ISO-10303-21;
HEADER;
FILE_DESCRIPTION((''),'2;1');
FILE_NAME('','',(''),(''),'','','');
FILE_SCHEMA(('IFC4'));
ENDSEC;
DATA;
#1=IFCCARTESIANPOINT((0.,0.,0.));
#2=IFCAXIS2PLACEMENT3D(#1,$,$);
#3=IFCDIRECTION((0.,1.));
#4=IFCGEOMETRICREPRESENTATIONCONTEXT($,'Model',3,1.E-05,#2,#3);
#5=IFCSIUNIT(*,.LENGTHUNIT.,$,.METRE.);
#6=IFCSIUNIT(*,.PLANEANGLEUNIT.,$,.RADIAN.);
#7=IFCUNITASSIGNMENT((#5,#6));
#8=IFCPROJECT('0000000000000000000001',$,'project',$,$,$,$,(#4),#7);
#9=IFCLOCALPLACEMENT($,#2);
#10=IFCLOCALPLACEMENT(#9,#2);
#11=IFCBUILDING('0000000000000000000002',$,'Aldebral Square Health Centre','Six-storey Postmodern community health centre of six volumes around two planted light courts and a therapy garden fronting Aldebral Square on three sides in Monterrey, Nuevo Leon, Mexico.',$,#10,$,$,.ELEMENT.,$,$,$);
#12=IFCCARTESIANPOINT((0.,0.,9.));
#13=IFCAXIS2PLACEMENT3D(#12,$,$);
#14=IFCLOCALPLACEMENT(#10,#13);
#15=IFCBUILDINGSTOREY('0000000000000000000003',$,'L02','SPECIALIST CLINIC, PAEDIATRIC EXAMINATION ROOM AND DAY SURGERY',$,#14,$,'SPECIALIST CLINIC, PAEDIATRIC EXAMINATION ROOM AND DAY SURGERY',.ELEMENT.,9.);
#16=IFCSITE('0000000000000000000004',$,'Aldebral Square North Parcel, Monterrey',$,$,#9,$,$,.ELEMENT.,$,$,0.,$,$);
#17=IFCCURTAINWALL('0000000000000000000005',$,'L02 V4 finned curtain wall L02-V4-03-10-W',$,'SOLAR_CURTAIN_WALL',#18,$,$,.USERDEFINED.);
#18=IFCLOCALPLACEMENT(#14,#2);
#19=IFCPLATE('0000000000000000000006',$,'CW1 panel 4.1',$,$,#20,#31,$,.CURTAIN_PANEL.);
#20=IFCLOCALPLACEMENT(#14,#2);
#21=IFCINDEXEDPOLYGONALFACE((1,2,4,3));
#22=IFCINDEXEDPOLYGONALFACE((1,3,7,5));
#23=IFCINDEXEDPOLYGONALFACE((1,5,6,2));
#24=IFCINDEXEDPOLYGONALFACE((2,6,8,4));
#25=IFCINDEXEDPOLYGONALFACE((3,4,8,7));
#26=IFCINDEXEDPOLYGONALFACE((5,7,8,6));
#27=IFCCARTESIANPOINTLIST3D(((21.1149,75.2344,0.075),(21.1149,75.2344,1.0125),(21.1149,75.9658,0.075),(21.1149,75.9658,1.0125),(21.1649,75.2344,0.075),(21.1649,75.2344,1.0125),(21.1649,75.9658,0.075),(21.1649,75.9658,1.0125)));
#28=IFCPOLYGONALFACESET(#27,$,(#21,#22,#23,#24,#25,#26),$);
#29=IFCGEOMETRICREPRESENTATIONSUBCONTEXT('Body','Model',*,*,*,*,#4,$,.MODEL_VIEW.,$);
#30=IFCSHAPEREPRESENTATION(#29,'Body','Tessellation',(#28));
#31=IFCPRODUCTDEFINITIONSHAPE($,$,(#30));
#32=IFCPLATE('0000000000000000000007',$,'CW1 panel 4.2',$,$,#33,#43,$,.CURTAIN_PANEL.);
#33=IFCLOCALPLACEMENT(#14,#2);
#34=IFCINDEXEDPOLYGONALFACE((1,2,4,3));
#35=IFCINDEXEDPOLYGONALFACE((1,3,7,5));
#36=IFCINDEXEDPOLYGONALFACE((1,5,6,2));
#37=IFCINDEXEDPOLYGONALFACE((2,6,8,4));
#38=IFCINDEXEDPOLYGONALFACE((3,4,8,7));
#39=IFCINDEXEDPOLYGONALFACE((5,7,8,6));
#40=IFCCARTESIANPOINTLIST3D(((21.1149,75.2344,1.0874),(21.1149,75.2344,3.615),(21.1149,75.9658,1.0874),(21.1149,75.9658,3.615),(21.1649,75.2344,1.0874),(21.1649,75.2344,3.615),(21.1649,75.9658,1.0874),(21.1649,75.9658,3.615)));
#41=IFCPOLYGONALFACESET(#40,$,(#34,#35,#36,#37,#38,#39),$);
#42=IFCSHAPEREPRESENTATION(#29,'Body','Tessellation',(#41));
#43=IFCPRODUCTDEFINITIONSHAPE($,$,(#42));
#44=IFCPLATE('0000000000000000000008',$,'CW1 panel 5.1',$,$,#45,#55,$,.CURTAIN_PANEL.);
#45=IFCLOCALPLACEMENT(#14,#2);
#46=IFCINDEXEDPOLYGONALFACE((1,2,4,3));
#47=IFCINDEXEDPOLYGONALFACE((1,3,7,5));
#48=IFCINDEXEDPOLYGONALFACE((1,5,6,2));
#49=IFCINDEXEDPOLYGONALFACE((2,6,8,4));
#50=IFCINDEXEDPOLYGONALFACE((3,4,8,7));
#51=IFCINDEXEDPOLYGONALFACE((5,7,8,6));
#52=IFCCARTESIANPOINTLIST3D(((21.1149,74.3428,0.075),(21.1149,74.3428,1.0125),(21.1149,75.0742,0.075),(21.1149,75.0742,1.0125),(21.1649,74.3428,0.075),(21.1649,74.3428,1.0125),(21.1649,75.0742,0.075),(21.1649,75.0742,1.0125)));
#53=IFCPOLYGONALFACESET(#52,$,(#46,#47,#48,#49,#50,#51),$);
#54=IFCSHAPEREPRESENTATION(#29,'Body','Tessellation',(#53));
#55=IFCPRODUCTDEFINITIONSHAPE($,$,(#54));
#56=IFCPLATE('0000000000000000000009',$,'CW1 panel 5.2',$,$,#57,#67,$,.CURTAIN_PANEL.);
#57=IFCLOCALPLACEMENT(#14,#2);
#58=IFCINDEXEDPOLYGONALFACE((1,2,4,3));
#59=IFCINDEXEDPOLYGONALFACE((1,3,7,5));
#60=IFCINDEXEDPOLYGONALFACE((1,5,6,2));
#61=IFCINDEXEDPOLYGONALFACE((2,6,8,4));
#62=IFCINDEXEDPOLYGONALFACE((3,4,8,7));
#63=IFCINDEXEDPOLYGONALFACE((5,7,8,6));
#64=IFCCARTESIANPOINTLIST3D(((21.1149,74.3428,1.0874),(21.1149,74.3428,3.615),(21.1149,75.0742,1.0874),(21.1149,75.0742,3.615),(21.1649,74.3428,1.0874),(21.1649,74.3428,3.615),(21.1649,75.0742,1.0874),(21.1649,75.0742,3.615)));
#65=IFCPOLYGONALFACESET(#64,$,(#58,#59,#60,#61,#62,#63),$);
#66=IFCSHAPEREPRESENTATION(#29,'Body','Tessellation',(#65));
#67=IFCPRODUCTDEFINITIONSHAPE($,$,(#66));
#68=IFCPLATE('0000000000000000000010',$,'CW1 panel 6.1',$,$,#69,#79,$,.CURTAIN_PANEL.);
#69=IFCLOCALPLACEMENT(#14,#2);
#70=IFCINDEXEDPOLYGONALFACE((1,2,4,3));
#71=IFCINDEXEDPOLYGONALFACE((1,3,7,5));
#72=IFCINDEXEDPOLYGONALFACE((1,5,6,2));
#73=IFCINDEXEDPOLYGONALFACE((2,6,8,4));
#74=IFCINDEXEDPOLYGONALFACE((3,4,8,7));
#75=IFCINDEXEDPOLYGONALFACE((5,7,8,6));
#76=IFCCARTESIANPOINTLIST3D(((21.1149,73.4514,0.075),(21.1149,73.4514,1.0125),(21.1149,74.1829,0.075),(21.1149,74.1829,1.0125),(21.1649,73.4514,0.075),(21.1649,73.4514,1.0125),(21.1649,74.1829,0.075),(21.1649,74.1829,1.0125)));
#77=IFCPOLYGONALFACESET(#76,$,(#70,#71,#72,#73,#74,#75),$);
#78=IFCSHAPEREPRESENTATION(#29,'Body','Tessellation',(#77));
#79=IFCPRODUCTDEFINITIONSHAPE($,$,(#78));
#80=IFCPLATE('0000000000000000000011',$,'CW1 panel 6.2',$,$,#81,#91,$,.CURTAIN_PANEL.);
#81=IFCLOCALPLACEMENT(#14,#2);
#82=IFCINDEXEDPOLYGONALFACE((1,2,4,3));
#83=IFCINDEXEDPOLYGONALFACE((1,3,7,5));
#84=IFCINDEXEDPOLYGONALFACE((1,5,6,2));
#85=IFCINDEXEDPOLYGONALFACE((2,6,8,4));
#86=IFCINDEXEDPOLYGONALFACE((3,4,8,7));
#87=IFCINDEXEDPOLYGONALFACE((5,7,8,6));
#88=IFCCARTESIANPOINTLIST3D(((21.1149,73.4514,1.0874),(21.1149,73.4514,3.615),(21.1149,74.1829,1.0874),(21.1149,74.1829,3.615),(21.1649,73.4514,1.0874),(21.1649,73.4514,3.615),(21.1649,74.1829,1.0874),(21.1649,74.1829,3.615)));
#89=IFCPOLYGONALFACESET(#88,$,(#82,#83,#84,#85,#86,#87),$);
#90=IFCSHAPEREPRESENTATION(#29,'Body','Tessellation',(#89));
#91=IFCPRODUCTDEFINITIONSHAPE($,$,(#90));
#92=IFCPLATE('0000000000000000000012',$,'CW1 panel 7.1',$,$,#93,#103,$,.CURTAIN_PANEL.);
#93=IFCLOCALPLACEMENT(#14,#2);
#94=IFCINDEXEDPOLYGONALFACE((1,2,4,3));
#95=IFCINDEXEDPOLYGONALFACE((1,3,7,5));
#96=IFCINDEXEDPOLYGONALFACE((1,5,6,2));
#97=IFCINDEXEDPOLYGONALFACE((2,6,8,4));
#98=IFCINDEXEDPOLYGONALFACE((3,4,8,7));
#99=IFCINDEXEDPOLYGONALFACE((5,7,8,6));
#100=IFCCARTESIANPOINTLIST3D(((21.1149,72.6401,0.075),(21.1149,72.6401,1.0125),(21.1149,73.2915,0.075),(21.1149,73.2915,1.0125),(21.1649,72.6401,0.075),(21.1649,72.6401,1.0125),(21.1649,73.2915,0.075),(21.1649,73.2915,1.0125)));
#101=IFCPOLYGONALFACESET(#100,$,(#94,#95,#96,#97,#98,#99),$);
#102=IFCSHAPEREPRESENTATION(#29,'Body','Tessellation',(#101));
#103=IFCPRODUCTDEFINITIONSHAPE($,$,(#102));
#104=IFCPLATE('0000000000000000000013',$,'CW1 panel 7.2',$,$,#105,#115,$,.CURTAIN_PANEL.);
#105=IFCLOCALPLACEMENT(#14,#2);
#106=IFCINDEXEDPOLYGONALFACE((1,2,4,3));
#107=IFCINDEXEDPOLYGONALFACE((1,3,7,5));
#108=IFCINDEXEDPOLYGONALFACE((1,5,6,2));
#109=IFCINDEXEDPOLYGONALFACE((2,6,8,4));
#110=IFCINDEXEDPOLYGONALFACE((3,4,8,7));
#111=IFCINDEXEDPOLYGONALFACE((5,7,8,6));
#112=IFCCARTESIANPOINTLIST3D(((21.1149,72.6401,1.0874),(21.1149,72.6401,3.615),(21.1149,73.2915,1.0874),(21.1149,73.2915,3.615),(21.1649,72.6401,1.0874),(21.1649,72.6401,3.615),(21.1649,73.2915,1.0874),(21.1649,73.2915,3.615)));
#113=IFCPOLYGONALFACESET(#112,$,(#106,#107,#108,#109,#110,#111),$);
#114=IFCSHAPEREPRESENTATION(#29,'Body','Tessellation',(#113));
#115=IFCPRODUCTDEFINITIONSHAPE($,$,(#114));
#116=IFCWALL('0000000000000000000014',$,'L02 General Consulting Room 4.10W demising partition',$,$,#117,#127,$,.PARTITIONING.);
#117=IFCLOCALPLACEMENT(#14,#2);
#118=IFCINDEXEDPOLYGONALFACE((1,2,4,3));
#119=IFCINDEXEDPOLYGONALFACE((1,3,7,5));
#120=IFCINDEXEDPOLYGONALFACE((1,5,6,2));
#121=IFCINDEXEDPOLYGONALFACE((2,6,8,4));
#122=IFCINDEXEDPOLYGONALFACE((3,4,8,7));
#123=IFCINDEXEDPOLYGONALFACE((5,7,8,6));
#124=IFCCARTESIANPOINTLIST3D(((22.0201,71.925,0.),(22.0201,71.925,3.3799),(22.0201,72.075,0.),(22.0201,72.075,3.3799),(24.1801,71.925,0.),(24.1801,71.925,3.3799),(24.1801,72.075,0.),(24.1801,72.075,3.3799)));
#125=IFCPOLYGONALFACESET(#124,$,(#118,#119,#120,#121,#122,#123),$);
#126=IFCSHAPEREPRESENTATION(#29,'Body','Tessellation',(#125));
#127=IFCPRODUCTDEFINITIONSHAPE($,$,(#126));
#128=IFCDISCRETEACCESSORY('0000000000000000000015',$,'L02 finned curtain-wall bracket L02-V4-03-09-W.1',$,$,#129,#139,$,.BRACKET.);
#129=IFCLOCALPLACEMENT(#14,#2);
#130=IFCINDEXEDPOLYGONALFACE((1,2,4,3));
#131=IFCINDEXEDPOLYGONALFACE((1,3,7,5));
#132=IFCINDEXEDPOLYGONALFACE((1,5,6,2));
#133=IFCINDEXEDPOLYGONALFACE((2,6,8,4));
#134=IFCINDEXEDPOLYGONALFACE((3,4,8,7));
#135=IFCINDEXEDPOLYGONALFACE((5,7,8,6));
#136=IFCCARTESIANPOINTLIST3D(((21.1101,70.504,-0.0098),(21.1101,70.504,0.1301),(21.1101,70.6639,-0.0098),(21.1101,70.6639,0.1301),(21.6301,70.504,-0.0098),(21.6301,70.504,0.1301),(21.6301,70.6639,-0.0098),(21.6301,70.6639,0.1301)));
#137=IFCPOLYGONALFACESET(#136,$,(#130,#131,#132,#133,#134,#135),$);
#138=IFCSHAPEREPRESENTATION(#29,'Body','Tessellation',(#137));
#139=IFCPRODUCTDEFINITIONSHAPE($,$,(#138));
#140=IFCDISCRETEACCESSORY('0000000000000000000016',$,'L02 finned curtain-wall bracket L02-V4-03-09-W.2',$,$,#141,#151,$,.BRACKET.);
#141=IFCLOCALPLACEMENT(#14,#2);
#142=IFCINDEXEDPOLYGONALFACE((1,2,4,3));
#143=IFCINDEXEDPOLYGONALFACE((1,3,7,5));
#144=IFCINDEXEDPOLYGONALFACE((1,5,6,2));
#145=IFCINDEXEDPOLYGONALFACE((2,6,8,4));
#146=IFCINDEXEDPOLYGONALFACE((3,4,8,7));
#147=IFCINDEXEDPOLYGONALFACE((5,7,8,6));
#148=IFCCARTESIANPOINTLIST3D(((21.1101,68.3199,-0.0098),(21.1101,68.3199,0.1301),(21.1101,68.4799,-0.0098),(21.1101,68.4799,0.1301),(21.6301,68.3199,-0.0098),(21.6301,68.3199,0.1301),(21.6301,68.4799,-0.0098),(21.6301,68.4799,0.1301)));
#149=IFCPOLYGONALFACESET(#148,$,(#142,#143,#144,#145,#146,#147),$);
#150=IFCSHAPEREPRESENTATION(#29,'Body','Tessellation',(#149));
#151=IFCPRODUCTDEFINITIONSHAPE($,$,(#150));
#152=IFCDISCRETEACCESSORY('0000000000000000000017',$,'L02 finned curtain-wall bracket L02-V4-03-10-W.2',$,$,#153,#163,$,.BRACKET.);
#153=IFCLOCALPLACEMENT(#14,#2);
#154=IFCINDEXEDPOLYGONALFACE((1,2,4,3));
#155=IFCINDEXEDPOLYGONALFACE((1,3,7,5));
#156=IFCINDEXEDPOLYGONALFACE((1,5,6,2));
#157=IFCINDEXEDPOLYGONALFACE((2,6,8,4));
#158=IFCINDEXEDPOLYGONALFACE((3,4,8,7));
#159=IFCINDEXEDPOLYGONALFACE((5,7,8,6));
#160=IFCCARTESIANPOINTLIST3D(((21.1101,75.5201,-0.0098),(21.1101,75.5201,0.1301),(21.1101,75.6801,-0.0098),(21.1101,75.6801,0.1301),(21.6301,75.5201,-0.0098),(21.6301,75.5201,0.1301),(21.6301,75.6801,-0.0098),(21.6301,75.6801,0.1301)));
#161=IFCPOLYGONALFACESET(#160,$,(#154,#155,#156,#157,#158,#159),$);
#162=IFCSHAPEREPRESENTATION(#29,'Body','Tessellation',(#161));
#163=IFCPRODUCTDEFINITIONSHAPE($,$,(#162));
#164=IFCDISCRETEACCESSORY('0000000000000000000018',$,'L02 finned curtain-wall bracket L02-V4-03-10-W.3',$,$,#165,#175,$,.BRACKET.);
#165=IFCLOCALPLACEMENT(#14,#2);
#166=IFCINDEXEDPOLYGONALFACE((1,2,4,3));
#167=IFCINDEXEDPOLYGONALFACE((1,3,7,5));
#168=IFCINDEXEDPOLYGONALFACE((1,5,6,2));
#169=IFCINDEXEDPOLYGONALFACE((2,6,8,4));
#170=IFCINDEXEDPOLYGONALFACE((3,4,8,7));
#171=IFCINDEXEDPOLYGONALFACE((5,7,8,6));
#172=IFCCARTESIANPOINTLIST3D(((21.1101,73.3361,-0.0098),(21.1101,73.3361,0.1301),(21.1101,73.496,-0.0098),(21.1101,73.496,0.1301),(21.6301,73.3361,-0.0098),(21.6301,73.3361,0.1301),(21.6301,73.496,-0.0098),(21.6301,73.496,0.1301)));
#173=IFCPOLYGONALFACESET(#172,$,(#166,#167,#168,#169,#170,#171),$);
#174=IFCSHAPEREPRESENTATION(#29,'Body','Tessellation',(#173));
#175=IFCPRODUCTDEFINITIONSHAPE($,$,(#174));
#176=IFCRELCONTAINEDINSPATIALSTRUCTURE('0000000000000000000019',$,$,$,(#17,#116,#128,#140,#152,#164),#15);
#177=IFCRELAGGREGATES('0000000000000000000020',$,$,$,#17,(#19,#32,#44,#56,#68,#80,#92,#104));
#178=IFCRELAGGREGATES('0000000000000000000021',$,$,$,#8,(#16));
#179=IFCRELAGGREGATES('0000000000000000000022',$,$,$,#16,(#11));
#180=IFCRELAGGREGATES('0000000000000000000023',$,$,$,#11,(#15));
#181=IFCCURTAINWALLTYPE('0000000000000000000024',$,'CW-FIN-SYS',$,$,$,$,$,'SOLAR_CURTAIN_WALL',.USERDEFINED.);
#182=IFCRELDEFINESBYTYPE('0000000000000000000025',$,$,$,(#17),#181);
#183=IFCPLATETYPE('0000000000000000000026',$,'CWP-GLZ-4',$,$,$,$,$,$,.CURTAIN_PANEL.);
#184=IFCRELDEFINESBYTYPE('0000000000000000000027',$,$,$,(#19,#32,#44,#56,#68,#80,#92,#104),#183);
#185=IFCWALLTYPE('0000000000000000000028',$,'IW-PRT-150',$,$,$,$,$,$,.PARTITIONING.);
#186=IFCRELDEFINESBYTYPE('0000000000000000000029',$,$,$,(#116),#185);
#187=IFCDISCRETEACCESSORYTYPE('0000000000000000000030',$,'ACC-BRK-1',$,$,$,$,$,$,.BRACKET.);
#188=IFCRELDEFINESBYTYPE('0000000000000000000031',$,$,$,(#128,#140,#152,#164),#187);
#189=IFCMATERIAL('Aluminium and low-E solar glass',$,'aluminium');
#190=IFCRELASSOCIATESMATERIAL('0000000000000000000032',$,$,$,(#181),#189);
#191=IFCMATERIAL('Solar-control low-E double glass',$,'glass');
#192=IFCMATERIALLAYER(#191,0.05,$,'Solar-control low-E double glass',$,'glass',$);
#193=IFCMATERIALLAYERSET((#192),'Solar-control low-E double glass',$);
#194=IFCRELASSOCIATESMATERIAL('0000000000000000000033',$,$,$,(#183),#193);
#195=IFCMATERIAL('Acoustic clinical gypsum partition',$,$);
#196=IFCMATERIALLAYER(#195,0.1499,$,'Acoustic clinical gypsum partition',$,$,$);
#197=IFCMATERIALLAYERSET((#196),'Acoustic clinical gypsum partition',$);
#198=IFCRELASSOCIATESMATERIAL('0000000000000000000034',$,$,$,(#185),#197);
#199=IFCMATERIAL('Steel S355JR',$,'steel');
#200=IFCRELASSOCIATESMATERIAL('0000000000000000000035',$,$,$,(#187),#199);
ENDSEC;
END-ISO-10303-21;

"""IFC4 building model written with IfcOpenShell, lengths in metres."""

from ifc_helpers import new_model, si_unit, direction, frame, frame_2d, origin, origin_2d, place, context, subcontext, project, spatial, rectangle, extrude, material, layer, layer_set, type_object, element, aggregate, save


model = new_model("IFC4")

# Units and contexts
model_context = context("Model", 3, precision=1e-05, world=origin(), true_north=direction((0.0, 1.0)))
body_context = subcontext(model_context, "Body", "Model", "MODEL_VIEW")
ifc_project = project(units=[si_unit("LENGTHUNIT", "METRE"), si_unit("PLANEANGLEUNIT", "RADIAN")], contexts=[model_context])

# Site, building, storey
site_placement = place(None, origin())
site = spatial("IfcSite", under=ifc_project, at=site_placement, Name="Aldebral Square North Parcel, Monterrey", CompositionType="ELEMENT", RefElevation=0.0)
building_placement = place(site_placement, origin())
building = spatial("IfcBuilding", under=site, at=building_placement, Name="Aldebral Square Health Centre", Description="Six-storey Postmodern community health centre of six volumes around two planted light courts and a therapy garden fronting Aldebral Square on three sides in Monterrey, Nuevo Leon, Mexico.", CompositionType="ELEMENT")
storey_placement = place(building_placement, frame((0.0, 0.0, 9.0)))
storey = spatial("IfcBuildingStorey", under=building, at=storey_placement, Name="L02", Description="SPECIALIST CLINIC, PAEDIATRIC EXAMINATION ROOM AND DAY SURGERY", LongName="SPECIALIST CLINIC, PAEDIATRIC EXAMINATION ROOM AND DAY SURGERY", CompositionType="ELEMENT", Elevation=9.0)

# Shared definitions
ifc_material_1 = material(Name="Aluminium and low-E solar glass", Category="aluminium")
curtain_wall_type = type_object("IfcCurtainWallType", Name="CW-FIN-SYS", ElementType="SOLAR_CURTAIN_WALL", PredefinedType="USERDEFINED", material=ifc_material_1)

# Curtain wall
curtain_wall_1_placement = place(storey_placement, origin())
curtain_wall_1 = element("IfcCurtainWall", 1, at=curtain_wall_1_placement, inside=storey, type_object=curtain_wall_type, Name="L02 V4 finned curtain wall L02-V4-03-10-W", ObjectType="SOLAR_CURTAIN_WALL", PredefinedType="USERDEFINED")

# Plates
ifc_material_2 = material(Name="Solar-control low-E double glass", Category="glass")
ifc_layer_1 = layer(ifc_material_2, 0.05, Name="Solar-control low-E double glass", Category="glass")
ifc_layer_set_1 = layer_set([ifc_layer_1], Name="Solar-control low-E double glass")
plate_type = type_object("IfcPlateType", Name="CWP-GLZ-4", PredefinedType="CURTAIN_PANEL", material=ifc_layer_set_1)
plate_1_placement = place(storey_placement, frame((21.1399, 75.6001, 0.075), z_axis=(0.0, 0.0, 1.0), x_axis=(0.0, -1.0, 0.0)))
plate_1 = element("IfcPlate", 2, at=plate_1_placement, type_object=plate_type, Name="CW1 panel 4.1", PredefinedType="CURTAIN_PANEL", context=body_context, shape_type="SweptSolid", body=[
    extrude(rectangle(XDim=0.7314, YDim=0.05, at=origin_2d()), origin(), (0.0, 0.0, 1.0), 0.9375),
])
plate_2_placement = place(storey_placement, frame((21.1399, 75.6001, 1.0874), z_axis=(0.0, 0.0, 1.0), x_axis=(0.0, -1.0, 0.0)))
plate_2 = element("IfcPlate", 3, at=plate_2_placement, type_object=plate_type, Name="CW1 panel 4.2", PredefinedType="CURTAIN_PANEL", context=body_context, shape_type="SweptSolid", body=[
    extrude(rectangle(XDim=0.7314, YDim=0.05, at=origin_2d()), origin(), (0.0, 0.0, 1.0), 2.5276),
])
plate_3_placement = place(storey_placement, frame((21.1399, 74.7085, 0.075), z_axis=(0.0, 0.0, 1.0), x_axis=(0.0, -1.0, 0.0)))
plate_3 = element("IfcPlate", 4, at=plate_3_placement, type_object=plate_type, Name="CW1 panel 5.1", PredefinedType="CURTAIN_PANEL", context=body_context, shape_type="SweptSolid", body=[
    extrude(rectangle(XDim=0.7314, YDim=0.05, at=origin_2d()), origin(), (0.0, 0.0, 1.0), 0.9375),
])
plate_4_placement = place(storey_placement, frame((21.1399, 74.7085, 1.0874), z_axis=(0.0, 0.0, 1.0), x_axis=(0.0, -1.0, 0.0)))
plate_4 = element("IfcPlate", 5, at=plate_4_placement, type_object=plate_type, Name="CW1 panel 5.2", PredefinedType="CURTAIN_PANEL", context=body_context, shape_type="SweptSolid", body=[
    extrude(rectangle(XDim=0.7314, YDim=0.05, at=origin_2d()), origin(), (0.0, 0.0, 1.0), 2.5276),
])
plate_5_placement = place(storey_placement, frame((21.1399, 73.8171, 0.075), z_axis=(0.0, 0.0, 1.0), x_axis=(0.0, -1.0, 0.0)))
plate_5 = element("IfcPlate", 6, at=plate_5_placement, type_object=plate_type, Name="CW1 panel 6.1", PredefinedType="CURTAIN_PANEL", context=body_context, shape_type="SweptSolid", body=[
    extrude(rectangle(XDim=0.7314, YDim=0.05, at=origin_2d()), origin(), (0.0, 0.0, 1.0), 0.9375),
])
plate_6_placement = place(storey_placement, frame((21.1399, 73.8171, 1.0874), z_axis=(0.0, 0.0, 1.0), x_axis=(0.0, -1.0, 0.0)))
plate_6 = element("IfcPlate", 7, at=plate_6_placement, type_object=plate_type, Name="CW1 panel 6.2", PredefinedType="CURTAIN_PANEL", context=body_context, shape_type="SweptSolid", body=[
    extrude(rectangle(XDim=0.7314, YDim=0.05, at=origin_2d()), origin(), (0.0, 0.0, 1.0), 2.5276),
])
plate_7_placement = place(storey_placement, frame((21.1399, 72.9658, 0.075), z_axis=(0.0, 0.0, 1.0), x_axis=(0.0, -1.0, 0.0)))
plate_7 = element("IfcPlate", 8, at=plate_7_placement, type_object=plate_type, Name="CW1 panel 7.1", PredefinedType="CURTAIN_PANEL", context=body_context, shape_type="SweptSolid", body=[
    extrude(rectangle(XDim=0.6514, YDim=0.05, at=origin_2d()), origin(), (0.0, 0.0, 1.0), 0.9375),
])
plate_8_placement = place(storey_placement, frame((21.1399, 72.9658, 1.0874), z_axis=(0.0, 0.0, 1.0), x_axis=(0.0, -1.0, 0.0)))
plate_8 = element("IfcPlate", 9, at=plate_8_placement, type_object=plate_type, Name="CW1 panel 7.2", PredefinedType="CURTAIN_PANEL", context=body_context, shape_type="SweptSolid", body=[
    extrude(rectangle(XDim=0.6514, YDim=0.05, at=origin_2d()), origin(), (0.0, 0.0, 1.0), 2.5276),
])
aggregate(curtain_wall_1, [plate_1, plate_2, plate_3, plate_4, plate_5, plate_6, plate_7, plate_8])

# Wall
ifc_material_3 = material(Name="Acoustic clinical gypsum partition")
ifc_layer_2 = layer(ifc_material_3, 0.1499, Name="Acoustic clinical gypsum partition")
ifc_layer_set_2 = layer_set([ifc_layer_2], Name="Acoustic clinical gypsum partition")
wall_type = type_object("IfcWallType", Name="IW-PRT-150", PredefinedType="PARTITIONING", material=ifc_layer_set_2)
wall_placement = place(storey_placement, frame((22.02, 72.0, 0.0), z_axis=(0.0, 0.0, 1.0), x_axis=(1.0, 0.0, 0.0)))
element("IfcWall", 10, at=wall_placement, inside=storey, type_object=wall_type, Name="L02 General Consulting Room 4.10W demising partition", PredefinedType="PARTITIONING", context=body_context, shape_type="SweptSolid", body=[
    extrude(rectangle(XDim=2.1599, YDim=0.1499, at=frame_2d((1.0801, 0.0))), origin(), (0.0, 0.0, 1.0), 3.3799),
])

# Discrete accessories
ifc_material_4 = material(Name="Steel S355JR", Category="steel")
discrete_accessory_type = type_object("IfcDiscreteAccessoryType", Name="ACC-BRK-1", PredefinedType="BRACKET", material=ifc_material_4)
for number, where, z_axis, x_axis, name in (
    (11, (21.3701, 70.584, -0.0098), (0.0, 0.0, 1.0), (0.0, 1.0, 0.0), "L02 finned curtain-wall bracket L02-V4-03-09-W.1"),
    (12, (21.3701, 68.3999, -0.0098), (0.0, 0.0, 1.0), (0.0, 1.0, 0.0), "L02 finned curtain-wall bracket L02-V4-03-09-W.2"),
    (13, (21.3701, 75.6001, -0.0098), (0.0, 0.0, 1.0), (0.0, 1.0, 0.0), "L02 finned curtain-wall bracket L02-V4-03-10-W.2"),
    (14, (21.3701, 73.416, -0.0098), (0.0, 0.0, 1.0), (0.0, 1.0, 0.0), "L02 finned curtain-wall bracket L02-V4-03-10-W.3"),
):
    element("IfcDiscreteAccessory", number, at=place(storey_placement, frame(where, z_axis=z_axis, x_axis=x_axis)), inside=storey, type_object=discrete_accessory_type, Name=name, PredefinedType="BRACKET", context=body_context, shape_type="SweptSolid", body=[
        extrude(rectangle(XDim=0.1599, YDim=0.52, at=origin_2d()), origin(), (0.0, 0.0, 1.0), 0.1399),
    ])

save(model, "model.ifc")
